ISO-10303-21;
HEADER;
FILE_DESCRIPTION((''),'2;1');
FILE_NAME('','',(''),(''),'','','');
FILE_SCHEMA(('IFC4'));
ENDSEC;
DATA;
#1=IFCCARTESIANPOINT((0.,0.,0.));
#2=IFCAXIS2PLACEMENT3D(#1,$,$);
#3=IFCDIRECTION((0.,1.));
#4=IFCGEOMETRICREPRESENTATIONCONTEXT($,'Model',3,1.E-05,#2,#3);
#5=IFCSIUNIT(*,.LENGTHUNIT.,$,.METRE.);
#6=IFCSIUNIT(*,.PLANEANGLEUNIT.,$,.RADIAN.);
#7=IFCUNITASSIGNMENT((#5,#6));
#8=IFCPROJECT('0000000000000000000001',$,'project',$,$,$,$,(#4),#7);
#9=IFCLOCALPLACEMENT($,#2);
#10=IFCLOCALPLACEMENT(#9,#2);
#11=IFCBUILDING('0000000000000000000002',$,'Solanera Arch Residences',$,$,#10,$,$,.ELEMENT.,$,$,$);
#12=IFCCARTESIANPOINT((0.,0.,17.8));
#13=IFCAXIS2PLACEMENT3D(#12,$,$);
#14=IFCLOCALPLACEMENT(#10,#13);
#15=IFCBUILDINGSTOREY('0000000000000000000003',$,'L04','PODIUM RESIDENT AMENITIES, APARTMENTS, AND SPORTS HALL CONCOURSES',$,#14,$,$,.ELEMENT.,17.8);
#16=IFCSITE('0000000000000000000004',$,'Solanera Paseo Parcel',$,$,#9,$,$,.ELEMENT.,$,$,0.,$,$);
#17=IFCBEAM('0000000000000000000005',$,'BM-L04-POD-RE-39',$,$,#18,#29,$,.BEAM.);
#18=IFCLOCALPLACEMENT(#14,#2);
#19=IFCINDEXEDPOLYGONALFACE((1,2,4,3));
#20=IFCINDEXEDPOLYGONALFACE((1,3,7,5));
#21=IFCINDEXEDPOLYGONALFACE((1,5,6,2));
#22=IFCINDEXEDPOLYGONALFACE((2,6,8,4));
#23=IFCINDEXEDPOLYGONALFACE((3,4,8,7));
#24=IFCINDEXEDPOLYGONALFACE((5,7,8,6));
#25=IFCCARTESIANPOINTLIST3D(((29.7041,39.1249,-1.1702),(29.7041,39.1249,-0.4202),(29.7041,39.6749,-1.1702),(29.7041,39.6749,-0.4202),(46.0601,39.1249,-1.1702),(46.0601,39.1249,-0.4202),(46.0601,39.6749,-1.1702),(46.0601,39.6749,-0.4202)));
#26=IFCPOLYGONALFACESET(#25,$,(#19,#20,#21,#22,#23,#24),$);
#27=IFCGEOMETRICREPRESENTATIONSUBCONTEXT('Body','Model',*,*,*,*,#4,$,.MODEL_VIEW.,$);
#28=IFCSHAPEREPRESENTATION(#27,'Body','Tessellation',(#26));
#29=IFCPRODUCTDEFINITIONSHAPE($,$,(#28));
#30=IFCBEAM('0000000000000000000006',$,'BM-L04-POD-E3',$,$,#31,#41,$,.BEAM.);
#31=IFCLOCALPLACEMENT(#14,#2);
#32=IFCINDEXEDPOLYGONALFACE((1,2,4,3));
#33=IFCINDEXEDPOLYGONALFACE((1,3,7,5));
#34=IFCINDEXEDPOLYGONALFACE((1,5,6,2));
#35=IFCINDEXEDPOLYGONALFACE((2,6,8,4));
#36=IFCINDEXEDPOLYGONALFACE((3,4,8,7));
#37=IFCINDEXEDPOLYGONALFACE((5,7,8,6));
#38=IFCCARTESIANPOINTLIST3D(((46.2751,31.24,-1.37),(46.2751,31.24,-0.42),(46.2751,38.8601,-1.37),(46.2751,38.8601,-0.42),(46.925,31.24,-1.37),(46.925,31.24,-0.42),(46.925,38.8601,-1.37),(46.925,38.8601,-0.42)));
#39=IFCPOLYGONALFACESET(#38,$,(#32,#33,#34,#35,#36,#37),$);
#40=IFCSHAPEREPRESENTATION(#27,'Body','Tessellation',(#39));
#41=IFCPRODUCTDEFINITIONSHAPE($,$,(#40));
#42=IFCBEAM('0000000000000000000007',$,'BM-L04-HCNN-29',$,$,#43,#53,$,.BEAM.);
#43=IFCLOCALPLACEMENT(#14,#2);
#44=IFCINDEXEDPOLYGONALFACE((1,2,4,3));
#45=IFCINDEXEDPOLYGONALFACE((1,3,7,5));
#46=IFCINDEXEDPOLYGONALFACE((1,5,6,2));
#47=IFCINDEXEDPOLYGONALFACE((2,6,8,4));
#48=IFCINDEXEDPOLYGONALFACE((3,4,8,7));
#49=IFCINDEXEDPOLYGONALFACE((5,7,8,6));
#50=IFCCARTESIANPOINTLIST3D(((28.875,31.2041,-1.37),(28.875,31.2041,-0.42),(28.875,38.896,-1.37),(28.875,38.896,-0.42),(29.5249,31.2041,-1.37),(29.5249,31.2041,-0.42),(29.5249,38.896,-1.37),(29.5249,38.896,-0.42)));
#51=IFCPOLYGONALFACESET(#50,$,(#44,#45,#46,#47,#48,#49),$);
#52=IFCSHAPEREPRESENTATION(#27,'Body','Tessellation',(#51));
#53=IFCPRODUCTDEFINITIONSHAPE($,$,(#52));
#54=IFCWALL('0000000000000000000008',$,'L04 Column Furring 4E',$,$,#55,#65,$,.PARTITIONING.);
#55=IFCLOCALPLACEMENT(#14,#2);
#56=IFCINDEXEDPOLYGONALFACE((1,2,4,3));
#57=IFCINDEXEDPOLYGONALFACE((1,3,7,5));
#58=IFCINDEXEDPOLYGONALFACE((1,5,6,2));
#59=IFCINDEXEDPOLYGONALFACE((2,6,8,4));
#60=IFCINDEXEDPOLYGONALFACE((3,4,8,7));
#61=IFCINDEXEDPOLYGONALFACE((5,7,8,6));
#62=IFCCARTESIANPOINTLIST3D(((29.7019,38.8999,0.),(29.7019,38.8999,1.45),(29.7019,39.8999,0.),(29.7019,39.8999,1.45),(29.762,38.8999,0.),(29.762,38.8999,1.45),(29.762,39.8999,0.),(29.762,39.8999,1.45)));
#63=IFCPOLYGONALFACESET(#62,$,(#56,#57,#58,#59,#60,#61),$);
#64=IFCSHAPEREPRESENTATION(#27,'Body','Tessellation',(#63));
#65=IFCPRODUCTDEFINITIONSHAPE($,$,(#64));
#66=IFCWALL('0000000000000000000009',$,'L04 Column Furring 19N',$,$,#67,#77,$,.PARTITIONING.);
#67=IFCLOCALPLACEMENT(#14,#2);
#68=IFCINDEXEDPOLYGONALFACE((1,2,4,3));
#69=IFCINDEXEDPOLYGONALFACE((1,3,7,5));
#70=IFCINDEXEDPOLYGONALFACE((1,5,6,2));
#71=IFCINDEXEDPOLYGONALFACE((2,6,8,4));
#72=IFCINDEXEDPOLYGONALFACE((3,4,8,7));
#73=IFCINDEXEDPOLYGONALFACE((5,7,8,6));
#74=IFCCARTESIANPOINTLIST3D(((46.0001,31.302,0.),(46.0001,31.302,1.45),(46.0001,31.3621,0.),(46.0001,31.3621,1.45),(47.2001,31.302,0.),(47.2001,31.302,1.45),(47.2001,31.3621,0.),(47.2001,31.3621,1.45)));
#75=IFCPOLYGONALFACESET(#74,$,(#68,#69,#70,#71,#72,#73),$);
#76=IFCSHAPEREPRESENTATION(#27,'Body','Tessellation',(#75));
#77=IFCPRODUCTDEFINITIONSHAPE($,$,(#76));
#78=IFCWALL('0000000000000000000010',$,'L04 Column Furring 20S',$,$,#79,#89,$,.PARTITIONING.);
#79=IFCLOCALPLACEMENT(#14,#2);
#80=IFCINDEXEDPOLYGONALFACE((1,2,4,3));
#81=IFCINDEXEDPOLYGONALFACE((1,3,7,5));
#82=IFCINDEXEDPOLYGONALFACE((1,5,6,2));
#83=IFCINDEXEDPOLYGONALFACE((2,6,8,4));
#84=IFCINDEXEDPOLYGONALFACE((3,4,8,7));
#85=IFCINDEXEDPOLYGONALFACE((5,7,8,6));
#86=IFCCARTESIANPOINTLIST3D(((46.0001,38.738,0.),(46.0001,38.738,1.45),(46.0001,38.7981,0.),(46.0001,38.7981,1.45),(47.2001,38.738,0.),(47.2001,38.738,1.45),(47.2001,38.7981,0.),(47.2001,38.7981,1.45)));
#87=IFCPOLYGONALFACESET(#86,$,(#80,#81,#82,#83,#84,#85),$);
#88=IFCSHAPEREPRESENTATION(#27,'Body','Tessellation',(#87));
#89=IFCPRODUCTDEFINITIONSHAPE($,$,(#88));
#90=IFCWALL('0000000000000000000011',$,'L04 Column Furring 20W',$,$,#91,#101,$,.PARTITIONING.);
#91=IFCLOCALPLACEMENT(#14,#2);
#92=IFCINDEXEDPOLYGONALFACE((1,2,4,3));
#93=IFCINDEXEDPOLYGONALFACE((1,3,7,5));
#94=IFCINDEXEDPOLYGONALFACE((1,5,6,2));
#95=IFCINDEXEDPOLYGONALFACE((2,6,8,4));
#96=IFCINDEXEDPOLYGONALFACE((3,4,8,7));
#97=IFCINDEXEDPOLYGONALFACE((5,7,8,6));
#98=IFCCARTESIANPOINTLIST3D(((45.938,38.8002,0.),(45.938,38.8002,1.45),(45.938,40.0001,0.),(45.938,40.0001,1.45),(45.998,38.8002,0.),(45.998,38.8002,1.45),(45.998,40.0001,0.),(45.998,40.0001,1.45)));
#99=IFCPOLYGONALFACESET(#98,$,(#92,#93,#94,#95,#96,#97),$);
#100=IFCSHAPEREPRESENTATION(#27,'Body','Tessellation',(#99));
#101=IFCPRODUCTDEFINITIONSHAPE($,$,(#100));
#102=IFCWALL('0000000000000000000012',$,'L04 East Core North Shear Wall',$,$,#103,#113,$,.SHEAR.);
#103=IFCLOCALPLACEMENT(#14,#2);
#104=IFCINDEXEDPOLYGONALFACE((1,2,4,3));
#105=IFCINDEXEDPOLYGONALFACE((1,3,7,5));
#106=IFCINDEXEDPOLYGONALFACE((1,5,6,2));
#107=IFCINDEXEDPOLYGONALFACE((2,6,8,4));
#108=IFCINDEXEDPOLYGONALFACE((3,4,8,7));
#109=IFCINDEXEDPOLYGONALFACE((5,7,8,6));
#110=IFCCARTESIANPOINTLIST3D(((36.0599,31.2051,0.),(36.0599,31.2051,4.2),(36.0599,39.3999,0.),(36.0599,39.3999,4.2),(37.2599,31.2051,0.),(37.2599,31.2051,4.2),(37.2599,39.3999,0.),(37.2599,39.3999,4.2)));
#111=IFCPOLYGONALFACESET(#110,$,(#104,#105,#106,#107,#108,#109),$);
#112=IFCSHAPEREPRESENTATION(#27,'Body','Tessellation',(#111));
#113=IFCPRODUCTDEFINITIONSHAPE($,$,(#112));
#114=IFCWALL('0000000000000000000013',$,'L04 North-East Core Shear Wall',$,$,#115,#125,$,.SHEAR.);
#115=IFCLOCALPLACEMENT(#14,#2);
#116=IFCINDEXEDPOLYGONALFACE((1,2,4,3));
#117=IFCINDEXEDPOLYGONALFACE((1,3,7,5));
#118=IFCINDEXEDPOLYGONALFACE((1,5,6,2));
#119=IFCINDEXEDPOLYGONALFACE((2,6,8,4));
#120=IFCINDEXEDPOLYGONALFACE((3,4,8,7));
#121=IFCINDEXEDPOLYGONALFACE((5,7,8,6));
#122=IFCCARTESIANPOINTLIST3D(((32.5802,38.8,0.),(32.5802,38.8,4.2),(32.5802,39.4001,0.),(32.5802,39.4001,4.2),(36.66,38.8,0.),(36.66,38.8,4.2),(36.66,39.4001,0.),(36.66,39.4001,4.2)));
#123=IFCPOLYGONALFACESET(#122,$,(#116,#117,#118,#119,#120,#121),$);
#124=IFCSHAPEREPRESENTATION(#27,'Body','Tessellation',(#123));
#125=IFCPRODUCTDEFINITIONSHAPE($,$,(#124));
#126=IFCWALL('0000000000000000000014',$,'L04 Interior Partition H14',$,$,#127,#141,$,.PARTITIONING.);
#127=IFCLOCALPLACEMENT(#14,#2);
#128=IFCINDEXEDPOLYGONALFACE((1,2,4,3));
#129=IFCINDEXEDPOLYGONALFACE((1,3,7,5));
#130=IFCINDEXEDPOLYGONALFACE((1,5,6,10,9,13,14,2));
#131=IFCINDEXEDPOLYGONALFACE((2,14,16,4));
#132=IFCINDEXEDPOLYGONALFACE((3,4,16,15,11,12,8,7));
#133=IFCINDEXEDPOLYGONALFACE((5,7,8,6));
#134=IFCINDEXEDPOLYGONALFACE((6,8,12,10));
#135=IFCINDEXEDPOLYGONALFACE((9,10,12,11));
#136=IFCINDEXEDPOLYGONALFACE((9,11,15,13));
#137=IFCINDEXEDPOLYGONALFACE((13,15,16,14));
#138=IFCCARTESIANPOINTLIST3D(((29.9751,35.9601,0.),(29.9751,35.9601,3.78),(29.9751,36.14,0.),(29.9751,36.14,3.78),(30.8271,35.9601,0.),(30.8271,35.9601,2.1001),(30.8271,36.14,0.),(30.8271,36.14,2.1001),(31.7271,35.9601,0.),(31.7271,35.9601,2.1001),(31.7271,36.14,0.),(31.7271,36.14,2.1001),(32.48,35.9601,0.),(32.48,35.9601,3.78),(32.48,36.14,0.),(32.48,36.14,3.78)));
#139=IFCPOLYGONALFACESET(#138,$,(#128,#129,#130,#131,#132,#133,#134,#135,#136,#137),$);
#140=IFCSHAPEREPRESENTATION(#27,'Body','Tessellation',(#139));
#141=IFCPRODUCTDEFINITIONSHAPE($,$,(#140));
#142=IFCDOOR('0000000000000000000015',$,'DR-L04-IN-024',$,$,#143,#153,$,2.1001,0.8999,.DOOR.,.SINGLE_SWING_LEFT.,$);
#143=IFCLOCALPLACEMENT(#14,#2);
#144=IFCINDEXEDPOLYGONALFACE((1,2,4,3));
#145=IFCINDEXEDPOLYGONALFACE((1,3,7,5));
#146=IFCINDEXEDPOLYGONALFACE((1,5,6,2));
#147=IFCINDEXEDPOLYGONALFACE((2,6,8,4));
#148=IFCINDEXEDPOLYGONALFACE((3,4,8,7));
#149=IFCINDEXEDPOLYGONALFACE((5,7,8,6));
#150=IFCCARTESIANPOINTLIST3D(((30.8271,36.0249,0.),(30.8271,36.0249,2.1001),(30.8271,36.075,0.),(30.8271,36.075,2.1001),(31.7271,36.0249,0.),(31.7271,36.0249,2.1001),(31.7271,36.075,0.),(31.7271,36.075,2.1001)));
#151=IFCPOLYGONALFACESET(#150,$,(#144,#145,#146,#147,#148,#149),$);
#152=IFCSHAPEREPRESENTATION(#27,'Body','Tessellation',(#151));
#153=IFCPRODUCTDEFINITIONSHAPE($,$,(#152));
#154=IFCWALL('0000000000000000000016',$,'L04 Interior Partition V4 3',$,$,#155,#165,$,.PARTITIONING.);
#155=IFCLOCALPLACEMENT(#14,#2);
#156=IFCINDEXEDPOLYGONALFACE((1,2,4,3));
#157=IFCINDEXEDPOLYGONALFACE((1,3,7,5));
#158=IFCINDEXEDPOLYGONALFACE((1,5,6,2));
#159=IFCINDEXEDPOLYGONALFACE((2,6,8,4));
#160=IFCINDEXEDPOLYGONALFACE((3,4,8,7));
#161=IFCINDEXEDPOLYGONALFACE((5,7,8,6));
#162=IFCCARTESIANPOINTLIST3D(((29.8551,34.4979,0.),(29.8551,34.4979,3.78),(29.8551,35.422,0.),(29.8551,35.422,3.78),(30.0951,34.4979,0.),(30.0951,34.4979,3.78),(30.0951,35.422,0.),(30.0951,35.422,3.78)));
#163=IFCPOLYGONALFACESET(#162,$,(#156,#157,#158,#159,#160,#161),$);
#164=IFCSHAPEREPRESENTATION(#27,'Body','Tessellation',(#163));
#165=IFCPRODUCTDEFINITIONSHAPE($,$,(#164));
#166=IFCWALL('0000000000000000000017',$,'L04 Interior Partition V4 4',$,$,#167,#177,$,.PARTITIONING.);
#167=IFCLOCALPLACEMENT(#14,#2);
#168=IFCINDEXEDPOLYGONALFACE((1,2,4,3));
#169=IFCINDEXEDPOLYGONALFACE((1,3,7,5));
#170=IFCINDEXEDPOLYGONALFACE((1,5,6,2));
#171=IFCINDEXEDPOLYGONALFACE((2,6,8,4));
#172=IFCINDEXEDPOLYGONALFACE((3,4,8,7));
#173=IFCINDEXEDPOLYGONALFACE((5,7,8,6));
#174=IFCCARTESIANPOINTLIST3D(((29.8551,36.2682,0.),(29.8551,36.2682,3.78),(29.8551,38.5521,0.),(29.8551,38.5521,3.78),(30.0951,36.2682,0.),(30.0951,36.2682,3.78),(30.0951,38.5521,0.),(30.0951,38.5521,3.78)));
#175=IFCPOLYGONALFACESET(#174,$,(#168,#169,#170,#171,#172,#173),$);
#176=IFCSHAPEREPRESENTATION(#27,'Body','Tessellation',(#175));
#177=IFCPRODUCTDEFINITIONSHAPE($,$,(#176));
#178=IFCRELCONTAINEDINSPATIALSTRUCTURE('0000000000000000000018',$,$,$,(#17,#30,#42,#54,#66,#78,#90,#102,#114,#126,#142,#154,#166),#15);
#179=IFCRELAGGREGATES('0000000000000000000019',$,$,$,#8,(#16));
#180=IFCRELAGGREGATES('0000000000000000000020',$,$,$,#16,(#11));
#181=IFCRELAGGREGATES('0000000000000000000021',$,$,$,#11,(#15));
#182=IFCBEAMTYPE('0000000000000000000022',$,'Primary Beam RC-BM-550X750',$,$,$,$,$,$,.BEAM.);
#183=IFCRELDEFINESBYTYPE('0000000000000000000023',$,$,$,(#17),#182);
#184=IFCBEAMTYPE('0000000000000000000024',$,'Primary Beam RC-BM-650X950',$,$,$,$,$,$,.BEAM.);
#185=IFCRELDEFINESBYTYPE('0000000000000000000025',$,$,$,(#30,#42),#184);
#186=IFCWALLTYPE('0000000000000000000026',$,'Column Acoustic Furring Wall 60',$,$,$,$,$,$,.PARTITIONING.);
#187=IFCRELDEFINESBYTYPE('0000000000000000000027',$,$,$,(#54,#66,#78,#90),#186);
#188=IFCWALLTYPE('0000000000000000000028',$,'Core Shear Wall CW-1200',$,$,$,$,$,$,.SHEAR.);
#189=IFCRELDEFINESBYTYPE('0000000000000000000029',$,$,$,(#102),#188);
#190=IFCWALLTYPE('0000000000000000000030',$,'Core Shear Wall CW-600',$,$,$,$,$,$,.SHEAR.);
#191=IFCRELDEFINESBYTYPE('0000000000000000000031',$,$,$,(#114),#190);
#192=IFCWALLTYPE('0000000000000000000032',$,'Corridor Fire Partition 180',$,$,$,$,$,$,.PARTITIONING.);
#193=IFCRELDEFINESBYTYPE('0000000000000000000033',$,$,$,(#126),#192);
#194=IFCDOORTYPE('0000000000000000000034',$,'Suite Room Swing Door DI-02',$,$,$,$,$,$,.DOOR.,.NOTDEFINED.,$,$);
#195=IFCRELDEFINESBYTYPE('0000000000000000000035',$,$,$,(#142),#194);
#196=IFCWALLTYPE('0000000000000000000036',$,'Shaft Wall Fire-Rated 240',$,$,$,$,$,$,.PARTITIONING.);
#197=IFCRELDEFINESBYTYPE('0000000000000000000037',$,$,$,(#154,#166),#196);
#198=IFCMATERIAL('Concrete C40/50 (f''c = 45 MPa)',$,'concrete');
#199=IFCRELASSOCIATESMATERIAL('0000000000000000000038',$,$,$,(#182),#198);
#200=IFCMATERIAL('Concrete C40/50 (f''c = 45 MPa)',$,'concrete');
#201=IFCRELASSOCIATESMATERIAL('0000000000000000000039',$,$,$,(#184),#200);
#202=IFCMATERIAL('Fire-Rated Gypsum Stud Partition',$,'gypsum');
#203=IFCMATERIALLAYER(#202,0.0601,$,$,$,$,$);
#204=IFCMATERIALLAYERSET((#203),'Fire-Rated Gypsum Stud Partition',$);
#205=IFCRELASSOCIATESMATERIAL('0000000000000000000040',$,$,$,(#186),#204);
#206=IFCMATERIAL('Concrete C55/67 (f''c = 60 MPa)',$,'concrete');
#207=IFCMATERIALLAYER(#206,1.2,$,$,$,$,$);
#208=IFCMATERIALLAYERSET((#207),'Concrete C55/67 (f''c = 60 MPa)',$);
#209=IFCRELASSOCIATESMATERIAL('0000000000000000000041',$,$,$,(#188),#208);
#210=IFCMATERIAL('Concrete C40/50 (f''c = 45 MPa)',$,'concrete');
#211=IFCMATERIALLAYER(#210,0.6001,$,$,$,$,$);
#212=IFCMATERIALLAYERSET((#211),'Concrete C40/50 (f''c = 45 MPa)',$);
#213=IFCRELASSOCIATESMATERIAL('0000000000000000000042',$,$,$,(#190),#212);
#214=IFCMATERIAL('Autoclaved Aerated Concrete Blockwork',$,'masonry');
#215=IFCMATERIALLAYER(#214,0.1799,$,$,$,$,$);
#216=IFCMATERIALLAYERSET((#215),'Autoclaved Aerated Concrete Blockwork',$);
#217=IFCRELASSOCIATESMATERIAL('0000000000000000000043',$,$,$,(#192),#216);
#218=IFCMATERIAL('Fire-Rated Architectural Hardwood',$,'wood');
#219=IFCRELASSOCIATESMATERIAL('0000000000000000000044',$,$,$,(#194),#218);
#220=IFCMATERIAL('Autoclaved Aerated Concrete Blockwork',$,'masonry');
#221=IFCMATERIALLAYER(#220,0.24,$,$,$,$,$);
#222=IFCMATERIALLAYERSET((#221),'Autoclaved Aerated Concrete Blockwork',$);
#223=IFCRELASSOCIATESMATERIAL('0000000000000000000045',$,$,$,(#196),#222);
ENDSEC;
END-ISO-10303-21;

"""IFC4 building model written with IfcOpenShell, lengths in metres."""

from ifc_helpers import new_model, si_unit, direction, frame, frame_2d, origin, origin_2d, place, context, subcontext, project, spatial, rectangle, extrude, material, layer, layer_set, material_profile, profile_set, type_object, element, fill, save


model = new_model("IFC4")

# Units and contexts
model_context = context("Model", 3, precision=1e-05, world=origin(), true_north=direction((0.0, 1.0)))
body_context = subcontext(model_context, "Body", "Model", "MODEL_VIEW")
ifc_project = project(units=[si_unit("LENGTHUNIT", "METRE"), si_unit("PLANEANGLEUNIT", "RADIAN")], contexts=[model_context])

# Site, building, storey
site_placement = place(None, origin())
site = spatial("IfcSite", under=ifc_project, at=site_placement, Name="Solanera Paseo Parcel", CompositionType="ELEMENT", RefElevation=0.0)
building_placement = place(site_placement, origin())
building = spatial("IfcBuilding", under=site, at=building_placement, Name="Solanera Arch Residences", CompositionType="ELEMENT")
storey_placement = place(building_placement, frame((0.0, 0.0, 17.8)))
storey = spatial("IfcBuildingStorey", under=building, at=storey_placement, Name="L04", Description="PODIUM RESIDENT AMENITIES, APARTMENTS, AND SPORTS HALL CONCOURSES", CompositionType="ELEMENT", Elevation=17.8)

# Beams
ifc_material_1 = material(Name="Concrete C40/50 (f'c = 45 MPa)", Category="concrete")
ifc_material_profile_1 = material_profile(ifc_material_1, rectangle(XDim=0.55, YDim=0.75, at=origin_2d()))
ifc_profile_set_1 = profile_set([ifc_material_profile_1], Name="Concrete C40/50 (f'c = 45 MPa)")
beam_type_1 = type_object("IfcBeamType", Name="Primary Beam RC-BM-550X750", PredefinedType="BEAM", material=ifc_profile_set_1)
beam_1_placement = place(storey_placement, frame((29.7041, 39.3999, -0.7952), z_axis=(1.0, 0.0, 0.0), x_axis=(0.0, 1.0, 0.0)))
element("IfcBeam", 1, at=beam_1_placement, inside=storey, type_object=beam_type_1, Name="BM-L04-POD-RE-39", PredefinedType="BEAM", context=body_context, shape_type="SweptSolid", body=[
    extrude(rectangle(XDim=0.55, YDim=0.75, at=origin_2d()), origin(), (0.0, 0.0, 1.0), 16.356),
])
ifc_material_2 = material(Name="Concrete C40/50 (f'c = 45 MPa)", Category="concrete")
ifc_material_profile_2 = material_profile(ifc_material_2, rectangle(XDim=0.6499, YDim=0.95, at=origin_2d()))
ifc_profile_set_2 = profile_set([ifc_material_profile_2], Name="Concrete C40/50 (f'c = 45 MPa)")
beam_type_2 = type_object("IfcBeamType", Name="Primary Beam RC-BM-650X950", PredefinedType="BEAM", material=ifc_profile_set_2)
beam_2_placement = place(storey_placement, frame((46.6001, 31.24, -0.895), z_axis=(0.0, 1.0, 0.0), x_axis=(-1.0, 0.0, 0.0)))
element("IfcBeam", 2, at=beam_2_placement, inside=storey, type_object=beam_type_2, Name="BM-L04-POD-E3", PredefinedType="BEAM", context=body_context, shape_type="SweptSolid", body=[
    extrude(rectangle(XDim=0.6499, YDim=0.95, at=origin_2d()), origin(), (0.0, 0.0, 1.0), 7.6201),
])
beam_3_placement = place(storey_placement, frame((29.2, 31.2041, -0.895), z_axis=(0.0, 1.0, 0.0), x_axis=(-1.0, 0.0, 0.0)))
element("IfcBeam", 3, at=beam_3_placement, inside=storey, type_object=beam_type_2, Name="BM-L04-HCNN-29", PredefinedType="BEAM", context=body_context, shape_type="SweptSolid", body=[
    extrude(rectangle(XDim=0.6499, YDim=0.95, at=origin_2d()), origin(), (0.0, 0.0, 1.0), 7.6919),
])

# Walls
ifc_material_3 = material(Name="Fire-Rated Gypsum Stud Partition", Category="gypsum")
ifc_layer_1 = layer(ifc_material_3, 0.0601)
ifc_layer_set_1 = layer_set([ifc_layer_1], Name="Fire-Rated Gypsum Stud Partition")
wall_type_1 = type_object("IfcWallType", Name="Column Acoustic Furring Wall 60", PredefinedType="PARTITIONING", material=ifc_layer_set_1)
wall_1_placement = place(storey_placement, frame((29.7319, 38.8999, 0.0), z_axis=(0.0, 0.0, 1.0), x_axis=(0.0, 1.0, 0.0)))
element("IfcWall", 4, at=wall_1_placement, inside=storey, type_object=wall_type_1, Name="L04 Column Furring 4E", PredefinedType="PARTITIONING", context=body_context, shape_type="SweptSolid", body=[
    extrude(rectangle(XDim=1.0, YDim=0.0601, at=frame_2d((0.5, 0.0))), origin(), (0.0, 0.0, 1.0), 1.45),
])
for number, where, z_axis, x_axis, name in (
    (5, (46.0, 31.332, 0.0), (0.0, 0.0, 1.0), (1.0, 0.0, 0.0), "L04 Column Furring 19N"),
    (6, (46.0, 38.7681, 0.0), (0.0, 0.0, 1.0), (1.0, 0.0, 0.0), "L04 Column Furring 20S"),
    (7, (45.968, 38.8, 0.0), (0.0, 0.0, 1.0), (0.0, 1.0, 0.0), "L04 Column Furring 20W"),
):
    element("IfcWall", number, at=place(storey_placement, frame(where, z_axis=z_axis, x_axis=x_axis)), inside=storey, type_object=wall_type_1, Name=name, PredefinedType="PARTITIONING", context=body_context, shape_type="SweptSolid", body=[
        extrude(rectangle(XDim=1.2, YDim=0.0601, at=frame_2d((0.6001, 0.0))), origin(), (0.0, 0.0, 1.0), 1.45),
    ])
ifc_material_4 = material(Name="Concrete C55/67 (f'c = 60 MPa)", Category="concrete")
ifc_layer_2 = layer(ifc_material_4, 1.2)
ifc_layer_set_2 = layer_set([ifc_layer_2], Name="Concrete C55/67 (f'c = 60 MPa)")
wall_type_2 = type_object("IfcWallType", Name="Core Shear Wall CW-1200", PredefinedType="SHEAR", material=ifc_layer_set_2)
wall_2_placement = place(storey_placement, frame((36.6599, 31.2051, 0.0), z_axis=(0.0, 0.0, 1.0), x_axis=(0.0, 1.0, 0.0)))
element("IfcWall", 8, at=wall_2_placement, inside=storey, type_object=wall_type_2, Name="L04 East Core North Shear Wall", PredefinedType="SHEAR", context=body_context, shape_type="SweptSolid", body=[
    extrude(rectangle(XDim=8.1948, YDim=1.2, at=frame_2d((4.0974, 0.0))), origin(), (0.0, 0.0, 1.0), 4.2),
])

# Wall
ifc_material_5 = material(Name="Concrete C40/50 (f'c = 45 MPa)", Category="concrete")
ifc_layer_3 = layer(ifc_material_5, 0.6001)
ifc_layer_set_3 = layer_set([ifc_layer_3], Name="Concrete C40/50 (f'c = 45 MPa)")
wall_type_3 = type_object("IfcWallType", Name="Core Shear Wall CW-600", PredefinedType="SHEAR", material=ifc_layer_set_3)
wall_3_placement = place(storey_placement, frame((32.5801, 39.1001, 0.0), z_axis=(0.0, 0.0, 1.0), x_axis=(1.0, 0.0, 0.0)))
element("IfcWall", 9, at=wall_3_placement, inside=storey, type_object=wall_type_3, Name="L04 North-East Core Shear Wall", PredefinedType="SHEAR", context=body_context, shape_type="SweptSolid", body=[
    extrude(rectangle(XDim=4.0798, YDim=0.6001, at=frame_2d((2.04, 0.0))), origin(), (0.0, 0.0, 1.0), 4.2),
])

# Wall, opening, door
ifc_material_6 = material(Name="Autoclaved Aerated Concrete Blockwork", Category="masonry")
ifc_layer_4 = layer(ifc_material_6, 0.1799)
ifc_layer_set_4 = layer_set([ifc_layer_4], Name="Autoclaved Aerated Concrete Blockwork")
wall_type_4 = type_object("IfcWallType", Name="Corridor Fire Partition 180", PredefinedType="PARTITIONING", material=ifc_layer_set_4)
wall_4_placement = place(storey_placement, frame((29.9751, 36.05, 0.0), z_axis=(0.0, 0.0, 1.0), x_axis=(1.0, 0.0, 0.0)))
wall_4 = element("IfcWall", 10, at=wall_4_placement, inside=storey, type_object=wall_type_4, Name="L04 Interior Partition H14", PredefinedType="PARTITIONING", context=body_context, shape_type="SweptSolid", body=[
    extrude(rectangle(XDim=2.5049, YDim=0.1799, at=frame_2d((1.2524, 0.0))), origin(), (0.0, 0.0, 1.0), 3.78),
])
opening_1_placement = place(wall_4_placement, frame((0.8521, 0.0, 0.0)))
opening_1 = element("IfcOpeningElement", 11, at=opening_1_placement, cuts=wall_4, PredefinedType="OPENING", context=body_context, shape_type="SweptSolid", body=[
    extrude(rectangle(XDim=0.8999, YDim=2.1001, at=frame_2d((0.45, 1.05))), frame((0.0, 0.1001, 0.0), z_axis=(0.0, -1.0, 0.0), x_axis=(1.0, 0.0, 0.0)), (0.0, 0.0, 1.0), 0.1999),
])
ifc_material_7 = material(Name="Fire-Rated Architectural Hardwood", Category="wood")
door_type_1 = type_object("IfcDoorType", Name="Suite Room Swing Door DI-02", OperationType="NOTDEFINED", PredefinedType="DOOR", material=ifc_material_7)
door_1_placement = place(opening_1_placement, origin())
door_1 = element("IfcDoor", 12, at=door_1_placement, inside=storey, type_object=door_type_1, Name="DR-L04-IN-024", OperationType="SINGLE_SWING_LEFT", OverallHeight=2.1001, OverallWidth=0.8999, PredefinedType="DOOR", context=body_context, shape_type="SweptSolid", body=[
    extrude(rectangle(XDim=0.8999, YDim=2.1001, at=frame_2d((0.45, 1.05))), frame((0.0, 0.0249, 0.0), z_axis=(0.0, -1.0, 0.0), x_axis=(1.0, 0.0, 0.0)), (0.0, 0.0, 1.0), 0.05),
])
fill(opening_1, door_1)
ifc_material_8 = material(Name="Autoclaved Aerated Concrete Blockwork", Category="masonry")
ifc_layer_5 = layer(ifc_material_8, 0.24)
ifc_layer_set_5 = layer_set([ifc_layer_5], Name="Autoclaved Aerated Concrete Blockwork")
wall_type_5 = type_object("IfcWallType", Name="Shaft Wall Fire-Rated 240", PredefinedType="PARTITIONING", material=ifc_layer_set_5)

# Walls
wall_5_placement = place(storey_placement, frame((29.9751, 34.498, 0.0), z_axis=(0.0, 0.0, 1.0), x_axis=(0.0, 1.0, 0.0)))
element("IfcWall", 13, at=wall_5_placement, inside=storey, type_object=wall_type_5, Name="L04 Interior Partition V4 3", PredefinedType="PARTITIONING", context=body_context, shape_type="SweptSolid", body=[
    extrude(rectangle(XDim=0.9241, YDim=0.24, at=frame_2d((0.4619, 0.0))), origin(), (0.0, 0.0, 1.0), 3.78),
])
wall_6_placement = place(storey_placement, frame((29.9751, 36.2681, 0.0), z_axis=(0.0, 0.0, 1.0), x_axis=(0.0, 1.0, 0.0)))
element("IfcWall", 14, at=wall_6_placement, inside=storey, type_object=wall_type_5, Name="L04 Interior Partition V4 4", PredefinedType="PARTITIONING", context=body_context, shape_type="SweptSolid", body=[
    extrude(rectangle(XDim=2.2839, YDim=0.24, at=frame_2d((1.1421, 0.0))), origin(), (0.0, 0.0, 1.0), 3.78),
])

save(model, "model.ifc")
